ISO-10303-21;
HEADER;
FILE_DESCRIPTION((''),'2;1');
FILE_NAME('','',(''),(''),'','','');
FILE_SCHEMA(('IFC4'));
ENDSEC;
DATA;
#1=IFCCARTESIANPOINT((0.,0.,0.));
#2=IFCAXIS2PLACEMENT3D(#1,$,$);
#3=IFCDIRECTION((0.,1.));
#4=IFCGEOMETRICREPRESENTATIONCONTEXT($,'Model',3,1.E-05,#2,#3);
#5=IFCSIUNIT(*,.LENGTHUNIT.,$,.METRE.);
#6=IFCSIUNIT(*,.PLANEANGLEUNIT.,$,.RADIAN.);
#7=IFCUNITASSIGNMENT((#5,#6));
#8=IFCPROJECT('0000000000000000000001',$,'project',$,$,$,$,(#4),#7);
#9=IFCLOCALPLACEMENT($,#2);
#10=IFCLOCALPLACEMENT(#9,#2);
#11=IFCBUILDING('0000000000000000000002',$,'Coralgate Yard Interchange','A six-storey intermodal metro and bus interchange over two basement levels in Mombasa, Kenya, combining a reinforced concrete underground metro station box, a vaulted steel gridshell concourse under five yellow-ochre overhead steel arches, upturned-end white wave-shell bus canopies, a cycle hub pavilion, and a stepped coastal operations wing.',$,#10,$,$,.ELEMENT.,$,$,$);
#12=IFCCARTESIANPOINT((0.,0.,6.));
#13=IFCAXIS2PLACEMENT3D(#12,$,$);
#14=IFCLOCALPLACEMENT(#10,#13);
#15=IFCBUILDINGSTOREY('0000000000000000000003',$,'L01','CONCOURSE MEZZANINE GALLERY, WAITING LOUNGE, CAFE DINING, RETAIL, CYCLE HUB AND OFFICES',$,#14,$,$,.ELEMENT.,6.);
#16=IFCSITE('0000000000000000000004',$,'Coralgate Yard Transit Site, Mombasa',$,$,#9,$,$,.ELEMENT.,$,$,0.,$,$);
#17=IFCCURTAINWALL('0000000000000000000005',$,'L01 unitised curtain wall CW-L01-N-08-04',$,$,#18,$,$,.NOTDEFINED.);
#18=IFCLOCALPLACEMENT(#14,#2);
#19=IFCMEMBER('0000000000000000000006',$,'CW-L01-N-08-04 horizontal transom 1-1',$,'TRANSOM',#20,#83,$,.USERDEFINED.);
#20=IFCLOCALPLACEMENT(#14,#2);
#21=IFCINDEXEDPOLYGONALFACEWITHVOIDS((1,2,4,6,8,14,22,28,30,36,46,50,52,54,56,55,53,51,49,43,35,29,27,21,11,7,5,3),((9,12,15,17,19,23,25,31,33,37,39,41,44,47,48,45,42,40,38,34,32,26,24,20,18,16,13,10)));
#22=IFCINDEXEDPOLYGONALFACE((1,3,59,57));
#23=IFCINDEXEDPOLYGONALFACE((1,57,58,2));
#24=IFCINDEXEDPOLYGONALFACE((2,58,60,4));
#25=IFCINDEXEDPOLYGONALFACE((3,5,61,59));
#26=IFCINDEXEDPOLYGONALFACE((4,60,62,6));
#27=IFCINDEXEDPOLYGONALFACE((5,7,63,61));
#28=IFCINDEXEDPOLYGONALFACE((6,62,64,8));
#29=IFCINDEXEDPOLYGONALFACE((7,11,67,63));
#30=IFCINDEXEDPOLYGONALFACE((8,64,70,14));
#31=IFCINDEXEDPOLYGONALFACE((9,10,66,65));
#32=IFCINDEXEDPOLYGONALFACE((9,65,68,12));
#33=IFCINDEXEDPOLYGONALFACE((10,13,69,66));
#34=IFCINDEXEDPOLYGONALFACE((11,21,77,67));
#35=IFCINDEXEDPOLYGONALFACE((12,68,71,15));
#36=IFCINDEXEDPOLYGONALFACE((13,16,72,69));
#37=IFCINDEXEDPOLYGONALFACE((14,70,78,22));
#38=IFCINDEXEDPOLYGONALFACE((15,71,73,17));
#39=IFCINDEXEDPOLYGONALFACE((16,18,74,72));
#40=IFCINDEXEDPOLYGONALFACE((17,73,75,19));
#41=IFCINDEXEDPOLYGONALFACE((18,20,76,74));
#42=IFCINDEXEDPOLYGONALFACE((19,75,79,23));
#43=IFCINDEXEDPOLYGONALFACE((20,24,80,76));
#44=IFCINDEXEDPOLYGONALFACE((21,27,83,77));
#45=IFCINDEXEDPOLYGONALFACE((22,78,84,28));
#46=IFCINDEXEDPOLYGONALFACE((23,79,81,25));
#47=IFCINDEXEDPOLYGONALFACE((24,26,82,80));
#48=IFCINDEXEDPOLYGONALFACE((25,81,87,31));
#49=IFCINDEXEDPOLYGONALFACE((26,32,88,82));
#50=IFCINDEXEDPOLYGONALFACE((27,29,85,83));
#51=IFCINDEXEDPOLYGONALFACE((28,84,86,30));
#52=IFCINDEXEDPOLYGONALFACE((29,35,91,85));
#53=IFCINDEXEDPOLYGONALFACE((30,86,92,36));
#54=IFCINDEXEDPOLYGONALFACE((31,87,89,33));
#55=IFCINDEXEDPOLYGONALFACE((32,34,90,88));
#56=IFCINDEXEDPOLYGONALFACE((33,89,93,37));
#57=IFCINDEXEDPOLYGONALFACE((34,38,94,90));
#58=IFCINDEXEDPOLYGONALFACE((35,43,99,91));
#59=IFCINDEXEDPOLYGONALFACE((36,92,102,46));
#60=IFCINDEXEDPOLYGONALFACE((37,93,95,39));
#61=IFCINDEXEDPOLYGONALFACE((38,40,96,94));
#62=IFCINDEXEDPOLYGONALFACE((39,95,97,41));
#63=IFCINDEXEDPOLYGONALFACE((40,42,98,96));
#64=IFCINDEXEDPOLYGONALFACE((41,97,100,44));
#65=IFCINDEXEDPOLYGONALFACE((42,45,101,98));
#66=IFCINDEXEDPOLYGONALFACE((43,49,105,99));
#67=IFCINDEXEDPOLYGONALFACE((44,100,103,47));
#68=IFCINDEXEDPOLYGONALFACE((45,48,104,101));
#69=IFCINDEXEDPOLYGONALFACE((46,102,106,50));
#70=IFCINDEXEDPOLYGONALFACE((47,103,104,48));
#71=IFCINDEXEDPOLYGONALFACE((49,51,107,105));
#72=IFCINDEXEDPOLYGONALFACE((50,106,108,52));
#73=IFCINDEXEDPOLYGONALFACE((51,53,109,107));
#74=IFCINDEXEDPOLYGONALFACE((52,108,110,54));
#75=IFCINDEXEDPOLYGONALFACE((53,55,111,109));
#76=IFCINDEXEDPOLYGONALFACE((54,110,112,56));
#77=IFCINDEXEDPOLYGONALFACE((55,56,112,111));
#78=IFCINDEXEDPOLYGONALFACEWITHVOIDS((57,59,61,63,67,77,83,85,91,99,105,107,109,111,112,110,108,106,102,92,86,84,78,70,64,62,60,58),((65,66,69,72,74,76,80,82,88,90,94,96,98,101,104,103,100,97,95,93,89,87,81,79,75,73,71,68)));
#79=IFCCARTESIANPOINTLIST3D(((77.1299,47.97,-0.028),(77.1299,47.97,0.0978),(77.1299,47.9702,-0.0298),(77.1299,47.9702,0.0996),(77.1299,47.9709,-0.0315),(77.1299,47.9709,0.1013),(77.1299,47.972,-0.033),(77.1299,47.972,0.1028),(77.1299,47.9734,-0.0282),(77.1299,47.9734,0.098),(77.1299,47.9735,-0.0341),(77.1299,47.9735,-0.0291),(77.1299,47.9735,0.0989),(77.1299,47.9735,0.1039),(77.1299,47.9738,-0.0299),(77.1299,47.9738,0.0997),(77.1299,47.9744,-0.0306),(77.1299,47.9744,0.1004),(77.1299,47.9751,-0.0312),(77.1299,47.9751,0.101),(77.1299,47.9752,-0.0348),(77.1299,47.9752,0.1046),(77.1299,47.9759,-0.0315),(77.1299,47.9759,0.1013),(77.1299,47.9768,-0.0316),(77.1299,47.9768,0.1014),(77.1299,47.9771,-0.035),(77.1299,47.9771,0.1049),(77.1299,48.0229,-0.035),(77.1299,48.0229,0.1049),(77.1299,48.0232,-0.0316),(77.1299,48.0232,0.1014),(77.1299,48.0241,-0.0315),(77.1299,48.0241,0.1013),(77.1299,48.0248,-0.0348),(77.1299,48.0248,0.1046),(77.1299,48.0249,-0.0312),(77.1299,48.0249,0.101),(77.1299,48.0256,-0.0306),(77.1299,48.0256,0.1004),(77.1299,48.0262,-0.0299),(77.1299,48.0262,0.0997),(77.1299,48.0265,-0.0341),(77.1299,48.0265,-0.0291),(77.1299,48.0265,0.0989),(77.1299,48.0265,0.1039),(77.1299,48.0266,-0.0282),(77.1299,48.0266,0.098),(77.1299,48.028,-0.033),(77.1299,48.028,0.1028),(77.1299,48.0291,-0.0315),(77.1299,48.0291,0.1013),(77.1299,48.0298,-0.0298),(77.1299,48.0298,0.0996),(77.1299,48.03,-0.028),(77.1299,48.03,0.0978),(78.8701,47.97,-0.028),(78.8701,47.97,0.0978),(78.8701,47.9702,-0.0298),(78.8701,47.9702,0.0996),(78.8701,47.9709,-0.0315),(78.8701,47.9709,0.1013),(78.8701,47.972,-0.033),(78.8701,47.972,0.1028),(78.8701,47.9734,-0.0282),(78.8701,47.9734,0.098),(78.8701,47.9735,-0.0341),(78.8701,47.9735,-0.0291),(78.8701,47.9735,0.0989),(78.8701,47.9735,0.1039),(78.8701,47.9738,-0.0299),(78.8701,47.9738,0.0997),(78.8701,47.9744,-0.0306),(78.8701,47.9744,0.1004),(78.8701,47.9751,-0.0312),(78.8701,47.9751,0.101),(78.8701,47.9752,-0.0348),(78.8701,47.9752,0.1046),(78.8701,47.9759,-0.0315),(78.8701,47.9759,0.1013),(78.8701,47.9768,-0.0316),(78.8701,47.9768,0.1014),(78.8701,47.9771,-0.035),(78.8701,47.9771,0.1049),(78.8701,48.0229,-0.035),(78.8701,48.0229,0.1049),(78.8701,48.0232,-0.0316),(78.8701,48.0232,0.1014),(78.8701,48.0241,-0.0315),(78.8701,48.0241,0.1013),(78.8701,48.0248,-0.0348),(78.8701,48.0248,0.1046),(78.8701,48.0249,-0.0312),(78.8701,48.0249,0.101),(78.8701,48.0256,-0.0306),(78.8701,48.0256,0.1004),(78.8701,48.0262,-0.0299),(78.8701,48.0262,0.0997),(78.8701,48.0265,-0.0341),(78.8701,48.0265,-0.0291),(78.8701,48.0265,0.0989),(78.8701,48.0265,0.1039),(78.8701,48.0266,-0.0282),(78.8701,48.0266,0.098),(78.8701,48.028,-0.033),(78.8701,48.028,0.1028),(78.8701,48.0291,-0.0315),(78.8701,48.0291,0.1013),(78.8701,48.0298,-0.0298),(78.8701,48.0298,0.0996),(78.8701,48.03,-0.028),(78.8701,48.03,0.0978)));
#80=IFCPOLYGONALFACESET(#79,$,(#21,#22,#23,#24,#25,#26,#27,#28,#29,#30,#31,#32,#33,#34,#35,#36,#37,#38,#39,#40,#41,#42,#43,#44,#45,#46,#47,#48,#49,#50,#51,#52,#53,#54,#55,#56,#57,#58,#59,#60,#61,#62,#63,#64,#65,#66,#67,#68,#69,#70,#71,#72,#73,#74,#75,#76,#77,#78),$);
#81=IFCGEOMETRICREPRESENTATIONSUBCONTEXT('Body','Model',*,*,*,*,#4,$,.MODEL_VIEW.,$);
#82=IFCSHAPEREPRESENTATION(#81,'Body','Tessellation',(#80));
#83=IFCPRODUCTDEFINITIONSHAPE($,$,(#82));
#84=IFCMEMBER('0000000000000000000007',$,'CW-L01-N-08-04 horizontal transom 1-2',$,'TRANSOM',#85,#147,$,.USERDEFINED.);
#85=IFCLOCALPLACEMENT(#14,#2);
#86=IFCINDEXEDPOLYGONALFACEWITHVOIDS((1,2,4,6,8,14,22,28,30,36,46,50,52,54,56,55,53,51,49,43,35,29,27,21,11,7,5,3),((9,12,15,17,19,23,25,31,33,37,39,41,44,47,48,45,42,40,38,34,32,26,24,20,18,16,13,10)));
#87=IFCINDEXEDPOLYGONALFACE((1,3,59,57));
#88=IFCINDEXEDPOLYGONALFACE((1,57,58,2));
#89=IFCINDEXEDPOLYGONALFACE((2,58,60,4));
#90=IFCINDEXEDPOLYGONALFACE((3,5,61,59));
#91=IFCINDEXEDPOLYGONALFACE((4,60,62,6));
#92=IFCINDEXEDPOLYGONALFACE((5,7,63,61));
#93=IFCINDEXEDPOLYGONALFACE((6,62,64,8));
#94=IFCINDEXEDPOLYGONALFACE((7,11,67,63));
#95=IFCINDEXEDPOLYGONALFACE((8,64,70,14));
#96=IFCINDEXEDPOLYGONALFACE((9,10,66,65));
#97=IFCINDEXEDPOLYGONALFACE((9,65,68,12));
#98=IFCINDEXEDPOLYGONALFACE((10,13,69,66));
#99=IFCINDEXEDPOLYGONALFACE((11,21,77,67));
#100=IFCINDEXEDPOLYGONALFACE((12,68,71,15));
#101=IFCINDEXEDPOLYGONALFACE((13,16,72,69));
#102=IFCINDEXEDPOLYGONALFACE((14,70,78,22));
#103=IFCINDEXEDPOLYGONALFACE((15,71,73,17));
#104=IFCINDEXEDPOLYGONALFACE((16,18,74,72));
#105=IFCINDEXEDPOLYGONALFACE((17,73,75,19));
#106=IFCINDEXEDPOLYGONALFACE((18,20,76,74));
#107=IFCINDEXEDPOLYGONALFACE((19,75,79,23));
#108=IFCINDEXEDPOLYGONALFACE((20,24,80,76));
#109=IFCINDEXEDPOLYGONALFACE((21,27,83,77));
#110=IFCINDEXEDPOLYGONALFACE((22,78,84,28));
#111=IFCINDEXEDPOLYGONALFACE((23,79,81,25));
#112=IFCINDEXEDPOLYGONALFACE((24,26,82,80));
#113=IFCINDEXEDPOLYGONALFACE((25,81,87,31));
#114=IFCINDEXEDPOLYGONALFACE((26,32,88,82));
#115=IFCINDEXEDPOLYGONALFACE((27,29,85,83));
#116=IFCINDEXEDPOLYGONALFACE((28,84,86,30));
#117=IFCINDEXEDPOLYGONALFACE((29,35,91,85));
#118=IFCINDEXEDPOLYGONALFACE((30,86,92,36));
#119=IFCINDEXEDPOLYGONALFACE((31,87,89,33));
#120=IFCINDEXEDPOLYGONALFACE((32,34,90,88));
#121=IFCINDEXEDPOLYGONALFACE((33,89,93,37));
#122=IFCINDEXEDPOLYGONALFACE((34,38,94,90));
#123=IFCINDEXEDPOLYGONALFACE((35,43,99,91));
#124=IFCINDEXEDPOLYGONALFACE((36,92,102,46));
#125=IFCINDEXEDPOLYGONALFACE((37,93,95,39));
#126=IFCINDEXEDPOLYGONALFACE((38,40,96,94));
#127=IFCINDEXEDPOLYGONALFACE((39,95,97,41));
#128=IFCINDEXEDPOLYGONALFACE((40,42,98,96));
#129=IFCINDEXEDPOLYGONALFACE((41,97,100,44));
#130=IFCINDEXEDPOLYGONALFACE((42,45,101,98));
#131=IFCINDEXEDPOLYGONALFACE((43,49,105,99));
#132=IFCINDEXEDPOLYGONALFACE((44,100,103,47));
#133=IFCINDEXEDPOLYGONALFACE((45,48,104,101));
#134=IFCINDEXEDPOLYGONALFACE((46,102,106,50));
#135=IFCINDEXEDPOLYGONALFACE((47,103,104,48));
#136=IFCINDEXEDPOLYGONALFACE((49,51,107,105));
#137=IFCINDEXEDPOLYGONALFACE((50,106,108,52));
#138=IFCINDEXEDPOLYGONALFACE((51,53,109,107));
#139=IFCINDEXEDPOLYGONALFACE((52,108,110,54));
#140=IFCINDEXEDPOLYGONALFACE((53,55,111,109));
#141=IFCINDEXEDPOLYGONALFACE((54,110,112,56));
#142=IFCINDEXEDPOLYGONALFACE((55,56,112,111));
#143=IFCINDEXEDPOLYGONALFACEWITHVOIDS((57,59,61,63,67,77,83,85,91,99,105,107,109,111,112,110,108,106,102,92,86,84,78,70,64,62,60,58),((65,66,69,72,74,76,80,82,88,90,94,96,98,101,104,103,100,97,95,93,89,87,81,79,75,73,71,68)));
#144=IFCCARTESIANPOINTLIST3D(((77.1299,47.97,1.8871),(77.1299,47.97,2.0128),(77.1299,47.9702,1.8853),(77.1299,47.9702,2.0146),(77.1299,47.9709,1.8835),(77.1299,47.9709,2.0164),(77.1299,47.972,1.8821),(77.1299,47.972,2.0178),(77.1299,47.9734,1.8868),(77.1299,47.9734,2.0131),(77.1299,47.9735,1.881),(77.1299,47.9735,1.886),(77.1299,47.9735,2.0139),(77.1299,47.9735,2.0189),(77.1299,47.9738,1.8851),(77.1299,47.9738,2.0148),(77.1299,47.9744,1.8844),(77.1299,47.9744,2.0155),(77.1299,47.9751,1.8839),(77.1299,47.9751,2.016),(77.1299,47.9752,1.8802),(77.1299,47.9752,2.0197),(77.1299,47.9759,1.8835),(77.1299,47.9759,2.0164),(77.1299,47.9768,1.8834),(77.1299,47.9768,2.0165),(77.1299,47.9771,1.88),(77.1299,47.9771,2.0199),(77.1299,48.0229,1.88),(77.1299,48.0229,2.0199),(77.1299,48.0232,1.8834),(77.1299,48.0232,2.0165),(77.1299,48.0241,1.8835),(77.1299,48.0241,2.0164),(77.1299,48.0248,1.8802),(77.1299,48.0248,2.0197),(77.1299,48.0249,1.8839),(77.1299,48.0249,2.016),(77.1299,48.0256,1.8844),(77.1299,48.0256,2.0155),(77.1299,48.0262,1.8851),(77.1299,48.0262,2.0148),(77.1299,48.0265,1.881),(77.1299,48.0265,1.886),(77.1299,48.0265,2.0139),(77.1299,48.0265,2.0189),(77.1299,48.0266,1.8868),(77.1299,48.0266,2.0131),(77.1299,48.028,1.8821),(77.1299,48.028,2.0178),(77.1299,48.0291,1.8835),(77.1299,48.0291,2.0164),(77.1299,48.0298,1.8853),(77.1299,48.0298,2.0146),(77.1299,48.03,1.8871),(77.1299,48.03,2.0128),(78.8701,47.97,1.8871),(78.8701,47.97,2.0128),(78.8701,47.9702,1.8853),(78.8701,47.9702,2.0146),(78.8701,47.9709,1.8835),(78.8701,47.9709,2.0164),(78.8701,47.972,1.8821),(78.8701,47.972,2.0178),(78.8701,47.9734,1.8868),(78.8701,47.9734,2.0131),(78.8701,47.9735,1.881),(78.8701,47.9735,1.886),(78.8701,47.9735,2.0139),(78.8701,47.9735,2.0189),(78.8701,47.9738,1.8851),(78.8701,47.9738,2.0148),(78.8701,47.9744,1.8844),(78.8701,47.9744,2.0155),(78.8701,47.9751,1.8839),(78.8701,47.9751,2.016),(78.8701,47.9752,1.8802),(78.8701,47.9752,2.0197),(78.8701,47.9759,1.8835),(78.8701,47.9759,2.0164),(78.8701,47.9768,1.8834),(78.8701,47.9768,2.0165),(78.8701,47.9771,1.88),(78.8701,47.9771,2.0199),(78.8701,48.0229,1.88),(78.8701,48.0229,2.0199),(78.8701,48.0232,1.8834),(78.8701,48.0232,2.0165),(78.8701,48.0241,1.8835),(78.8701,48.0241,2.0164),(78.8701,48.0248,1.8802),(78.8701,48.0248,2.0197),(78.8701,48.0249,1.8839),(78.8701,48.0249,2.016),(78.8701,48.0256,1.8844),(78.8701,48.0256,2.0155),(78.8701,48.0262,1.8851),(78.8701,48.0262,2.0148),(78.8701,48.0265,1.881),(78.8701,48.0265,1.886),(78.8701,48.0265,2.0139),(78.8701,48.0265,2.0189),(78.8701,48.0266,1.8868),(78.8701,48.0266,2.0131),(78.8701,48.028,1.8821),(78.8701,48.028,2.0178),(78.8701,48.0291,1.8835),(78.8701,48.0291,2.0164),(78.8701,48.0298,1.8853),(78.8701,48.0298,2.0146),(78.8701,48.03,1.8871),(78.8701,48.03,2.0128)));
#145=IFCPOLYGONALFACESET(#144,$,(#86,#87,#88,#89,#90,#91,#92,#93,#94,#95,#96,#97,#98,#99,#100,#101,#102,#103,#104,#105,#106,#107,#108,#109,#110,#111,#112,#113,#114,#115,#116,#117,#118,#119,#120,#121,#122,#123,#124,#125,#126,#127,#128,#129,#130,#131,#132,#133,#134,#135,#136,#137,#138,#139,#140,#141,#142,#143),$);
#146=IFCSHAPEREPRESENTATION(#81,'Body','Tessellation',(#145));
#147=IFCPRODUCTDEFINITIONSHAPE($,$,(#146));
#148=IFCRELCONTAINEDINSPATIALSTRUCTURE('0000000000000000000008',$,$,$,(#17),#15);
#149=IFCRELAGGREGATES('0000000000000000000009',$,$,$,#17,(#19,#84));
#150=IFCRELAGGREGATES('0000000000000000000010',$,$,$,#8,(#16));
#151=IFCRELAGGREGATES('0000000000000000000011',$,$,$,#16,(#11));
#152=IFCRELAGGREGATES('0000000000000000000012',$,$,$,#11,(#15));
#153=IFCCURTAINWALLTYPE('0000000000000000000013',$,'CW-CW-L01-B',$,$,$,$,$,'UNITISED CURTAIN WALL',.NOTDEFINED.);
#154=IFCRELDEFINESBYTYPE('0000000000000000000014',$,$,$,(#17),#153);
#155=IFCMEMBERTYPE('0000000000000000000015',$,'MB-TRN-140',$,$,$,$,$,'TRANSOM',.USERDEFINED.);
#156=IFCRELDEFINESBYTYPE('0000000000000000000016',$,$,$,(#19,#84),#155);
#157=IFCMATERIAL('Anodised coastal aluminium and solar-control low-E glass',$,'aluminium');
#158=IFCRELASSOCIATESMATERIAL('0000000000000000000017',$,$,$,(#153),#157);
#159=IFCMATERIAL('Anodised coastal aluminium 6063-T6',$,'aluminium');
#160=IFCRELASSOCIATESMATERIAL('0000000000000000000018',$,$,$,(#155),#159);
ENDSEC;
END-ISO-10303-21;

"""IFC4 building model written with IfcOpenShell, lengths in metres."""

from ifc_helpers import new_model, si_unit, direction, frame, origin, origin_2d, place, context, subcontext, project, spatial, hollow_rectangle, extrude, material, material_profile, profile_set, type_object, element, aggregate, save


model = new_model("IFC4")

# Units and contexts
model_context = context("Model", 3, precision=1e-05, world=origin(), true_north=direction((0.0, 1.0)))
body_context = subcontext(model_context, "Body", "Model", "MODEL_VIEW")
ifc_project = project(units=[si_unit("LENGTHUNIT", "METRE"), si_unit("PLANEANGLEUNIT", "RADIAN")], contexts=[model_context])

# Site, building, storey
site_placement = place(None, origin())
site = spatial("IfcSite", under=ifc_project, at=site_placement, Name="Coralgate Yard Transit Site, Mombasa", CompositionType="ELEMENT", RefElevation=0.0)
building_placement = place(site_placement, origin())
building = spatial("IfcBuilding", under=site, at=building_placement, Name="Coralgate Yard Interchange", Description="A six-storey intermodal metro and bus interchange over two basement levels in Mombasa, Kenya, combining a reinforced concrete underground metro station box, a vaulted steel gridshell concourse under five yellow-ochre overhead steel arches, upturned-end white wave-shell bus canopies, a cycle hub pavilion, and a stepped coastal operations wing.", CompositionType="ELEMENT")
storey_placement = place(building_placement, frame((0.0, 0.0, 6.0)))
storey = spatial("IfcBuildingStorey", under=building, at=storey_placement, Name="L01", Description="CONCOURSE MEZZANINE GALLERY, WAITING LOUNGE, CAFE DINING, RETAIL, CYCLE HUB AND OFFICES", CompositionType="ELEMENT", Elevation=6.0)

# Shared definitions
ifc_material_1 = material(Name="Anodised coastal aluminium and solar-control low-E glass", Category="aluminium")
ifc_material_2 = material(Name="Anodised coastal aluminium 6063-T6", Category="aluminium")

# Shared definitions
curtain_wall_type_1 = type_object("IfcCurtainWallType", Name="CW-CW-L01-B", ElementType="UNITISED CURTAIN WALL", PredefinedType="NOTDEFINED", material=ifc_material_1)

# Curtain wall
curtain_wall_1_placement = place(storey_placement, origin())
curtain_wall_1 = element("IfcCurtainWall", 1, at=curtain_wall_1_placement, inside=storey, type_object=curtain_wall_type_1, Name="L01 unitised curtain wall CW-L01-N-08-04", PredefinedType="NOTDEFINED")

# Members
ifc_material_profile_1 = material_profile(ifc_material_2, hollow_rectangle(XDim=0.0601, YDim=0.1399, WallThickness=0.0034, InnerFilletRadius=0.0034, OuterFilletRadius=0.0071, at=origin_2d()), Name="ALU 60x140x3.5")
ifc_profile_set_1 = profile_set([ifc_material_profile_1], Name="Anodised coastal aluminium 6063-T6")
member_type_1 = type_object("IfcMemberType", Name="MB-TRN-140", ElementType="TRANSOM", PredefinedType="USERDEFINED", material=ifc_profile_set_1)
member_1_placement = place(storey_placement, frame((77.1299, 48.0, 0.0349), z_axis=(1.0, 0.0, 0.0), x_axis=(0.0, 1.0, 0.0)))
member_1 = element("IfcMember", 2, at=member_1_placement, type_object=member_type_1, Name="CW-L01-N-08-04 horizontal transom 1-1", ObjectType="TRANSOM", PredefinedType="USERDEFINED", context=body_context, shape_type="SweptSolid", body=[
    extrude(hollow_rectangle(XDim=0.0601, YDim=0.1399, WallThickness=0.0034, InnerFilletRadius=0.0034, OuterFilletRadius=0.0071, at=origin_2d()), origin(), (0.0, 0.0, 1.0), 1.7402),
])
member_2_placement = place(storey_placement, frame((77.1299, 48.0, 1.95), z_axis=(1.0, 0.0, 0.0), x_axis=(0.0, 1.0, 0.0)))
member_2 = element("IfcMember", 3, at=member_2_placement, type_object=member_type_1, Name="CW-L01-N-08-04 horizontal transom 1-2", ObjectType="TRANSOM", PredefinedType="USERDEFINED", context=body_context, shape_type="SweptSolid", body=[
    extrude(hollow_rectangle(XDim=0.0601, YDim=0.1399, WallThickness=0.0034, InnerFilletRadius=0.0034, OuterFilletRadius=0.0071, at=origin_2d()), origin(), (0.0, 0.0, 1.0), 1.7402),
])
aggregate(curtain_wall_1, [member_1, member_2])

save(model, "model.ifc")
